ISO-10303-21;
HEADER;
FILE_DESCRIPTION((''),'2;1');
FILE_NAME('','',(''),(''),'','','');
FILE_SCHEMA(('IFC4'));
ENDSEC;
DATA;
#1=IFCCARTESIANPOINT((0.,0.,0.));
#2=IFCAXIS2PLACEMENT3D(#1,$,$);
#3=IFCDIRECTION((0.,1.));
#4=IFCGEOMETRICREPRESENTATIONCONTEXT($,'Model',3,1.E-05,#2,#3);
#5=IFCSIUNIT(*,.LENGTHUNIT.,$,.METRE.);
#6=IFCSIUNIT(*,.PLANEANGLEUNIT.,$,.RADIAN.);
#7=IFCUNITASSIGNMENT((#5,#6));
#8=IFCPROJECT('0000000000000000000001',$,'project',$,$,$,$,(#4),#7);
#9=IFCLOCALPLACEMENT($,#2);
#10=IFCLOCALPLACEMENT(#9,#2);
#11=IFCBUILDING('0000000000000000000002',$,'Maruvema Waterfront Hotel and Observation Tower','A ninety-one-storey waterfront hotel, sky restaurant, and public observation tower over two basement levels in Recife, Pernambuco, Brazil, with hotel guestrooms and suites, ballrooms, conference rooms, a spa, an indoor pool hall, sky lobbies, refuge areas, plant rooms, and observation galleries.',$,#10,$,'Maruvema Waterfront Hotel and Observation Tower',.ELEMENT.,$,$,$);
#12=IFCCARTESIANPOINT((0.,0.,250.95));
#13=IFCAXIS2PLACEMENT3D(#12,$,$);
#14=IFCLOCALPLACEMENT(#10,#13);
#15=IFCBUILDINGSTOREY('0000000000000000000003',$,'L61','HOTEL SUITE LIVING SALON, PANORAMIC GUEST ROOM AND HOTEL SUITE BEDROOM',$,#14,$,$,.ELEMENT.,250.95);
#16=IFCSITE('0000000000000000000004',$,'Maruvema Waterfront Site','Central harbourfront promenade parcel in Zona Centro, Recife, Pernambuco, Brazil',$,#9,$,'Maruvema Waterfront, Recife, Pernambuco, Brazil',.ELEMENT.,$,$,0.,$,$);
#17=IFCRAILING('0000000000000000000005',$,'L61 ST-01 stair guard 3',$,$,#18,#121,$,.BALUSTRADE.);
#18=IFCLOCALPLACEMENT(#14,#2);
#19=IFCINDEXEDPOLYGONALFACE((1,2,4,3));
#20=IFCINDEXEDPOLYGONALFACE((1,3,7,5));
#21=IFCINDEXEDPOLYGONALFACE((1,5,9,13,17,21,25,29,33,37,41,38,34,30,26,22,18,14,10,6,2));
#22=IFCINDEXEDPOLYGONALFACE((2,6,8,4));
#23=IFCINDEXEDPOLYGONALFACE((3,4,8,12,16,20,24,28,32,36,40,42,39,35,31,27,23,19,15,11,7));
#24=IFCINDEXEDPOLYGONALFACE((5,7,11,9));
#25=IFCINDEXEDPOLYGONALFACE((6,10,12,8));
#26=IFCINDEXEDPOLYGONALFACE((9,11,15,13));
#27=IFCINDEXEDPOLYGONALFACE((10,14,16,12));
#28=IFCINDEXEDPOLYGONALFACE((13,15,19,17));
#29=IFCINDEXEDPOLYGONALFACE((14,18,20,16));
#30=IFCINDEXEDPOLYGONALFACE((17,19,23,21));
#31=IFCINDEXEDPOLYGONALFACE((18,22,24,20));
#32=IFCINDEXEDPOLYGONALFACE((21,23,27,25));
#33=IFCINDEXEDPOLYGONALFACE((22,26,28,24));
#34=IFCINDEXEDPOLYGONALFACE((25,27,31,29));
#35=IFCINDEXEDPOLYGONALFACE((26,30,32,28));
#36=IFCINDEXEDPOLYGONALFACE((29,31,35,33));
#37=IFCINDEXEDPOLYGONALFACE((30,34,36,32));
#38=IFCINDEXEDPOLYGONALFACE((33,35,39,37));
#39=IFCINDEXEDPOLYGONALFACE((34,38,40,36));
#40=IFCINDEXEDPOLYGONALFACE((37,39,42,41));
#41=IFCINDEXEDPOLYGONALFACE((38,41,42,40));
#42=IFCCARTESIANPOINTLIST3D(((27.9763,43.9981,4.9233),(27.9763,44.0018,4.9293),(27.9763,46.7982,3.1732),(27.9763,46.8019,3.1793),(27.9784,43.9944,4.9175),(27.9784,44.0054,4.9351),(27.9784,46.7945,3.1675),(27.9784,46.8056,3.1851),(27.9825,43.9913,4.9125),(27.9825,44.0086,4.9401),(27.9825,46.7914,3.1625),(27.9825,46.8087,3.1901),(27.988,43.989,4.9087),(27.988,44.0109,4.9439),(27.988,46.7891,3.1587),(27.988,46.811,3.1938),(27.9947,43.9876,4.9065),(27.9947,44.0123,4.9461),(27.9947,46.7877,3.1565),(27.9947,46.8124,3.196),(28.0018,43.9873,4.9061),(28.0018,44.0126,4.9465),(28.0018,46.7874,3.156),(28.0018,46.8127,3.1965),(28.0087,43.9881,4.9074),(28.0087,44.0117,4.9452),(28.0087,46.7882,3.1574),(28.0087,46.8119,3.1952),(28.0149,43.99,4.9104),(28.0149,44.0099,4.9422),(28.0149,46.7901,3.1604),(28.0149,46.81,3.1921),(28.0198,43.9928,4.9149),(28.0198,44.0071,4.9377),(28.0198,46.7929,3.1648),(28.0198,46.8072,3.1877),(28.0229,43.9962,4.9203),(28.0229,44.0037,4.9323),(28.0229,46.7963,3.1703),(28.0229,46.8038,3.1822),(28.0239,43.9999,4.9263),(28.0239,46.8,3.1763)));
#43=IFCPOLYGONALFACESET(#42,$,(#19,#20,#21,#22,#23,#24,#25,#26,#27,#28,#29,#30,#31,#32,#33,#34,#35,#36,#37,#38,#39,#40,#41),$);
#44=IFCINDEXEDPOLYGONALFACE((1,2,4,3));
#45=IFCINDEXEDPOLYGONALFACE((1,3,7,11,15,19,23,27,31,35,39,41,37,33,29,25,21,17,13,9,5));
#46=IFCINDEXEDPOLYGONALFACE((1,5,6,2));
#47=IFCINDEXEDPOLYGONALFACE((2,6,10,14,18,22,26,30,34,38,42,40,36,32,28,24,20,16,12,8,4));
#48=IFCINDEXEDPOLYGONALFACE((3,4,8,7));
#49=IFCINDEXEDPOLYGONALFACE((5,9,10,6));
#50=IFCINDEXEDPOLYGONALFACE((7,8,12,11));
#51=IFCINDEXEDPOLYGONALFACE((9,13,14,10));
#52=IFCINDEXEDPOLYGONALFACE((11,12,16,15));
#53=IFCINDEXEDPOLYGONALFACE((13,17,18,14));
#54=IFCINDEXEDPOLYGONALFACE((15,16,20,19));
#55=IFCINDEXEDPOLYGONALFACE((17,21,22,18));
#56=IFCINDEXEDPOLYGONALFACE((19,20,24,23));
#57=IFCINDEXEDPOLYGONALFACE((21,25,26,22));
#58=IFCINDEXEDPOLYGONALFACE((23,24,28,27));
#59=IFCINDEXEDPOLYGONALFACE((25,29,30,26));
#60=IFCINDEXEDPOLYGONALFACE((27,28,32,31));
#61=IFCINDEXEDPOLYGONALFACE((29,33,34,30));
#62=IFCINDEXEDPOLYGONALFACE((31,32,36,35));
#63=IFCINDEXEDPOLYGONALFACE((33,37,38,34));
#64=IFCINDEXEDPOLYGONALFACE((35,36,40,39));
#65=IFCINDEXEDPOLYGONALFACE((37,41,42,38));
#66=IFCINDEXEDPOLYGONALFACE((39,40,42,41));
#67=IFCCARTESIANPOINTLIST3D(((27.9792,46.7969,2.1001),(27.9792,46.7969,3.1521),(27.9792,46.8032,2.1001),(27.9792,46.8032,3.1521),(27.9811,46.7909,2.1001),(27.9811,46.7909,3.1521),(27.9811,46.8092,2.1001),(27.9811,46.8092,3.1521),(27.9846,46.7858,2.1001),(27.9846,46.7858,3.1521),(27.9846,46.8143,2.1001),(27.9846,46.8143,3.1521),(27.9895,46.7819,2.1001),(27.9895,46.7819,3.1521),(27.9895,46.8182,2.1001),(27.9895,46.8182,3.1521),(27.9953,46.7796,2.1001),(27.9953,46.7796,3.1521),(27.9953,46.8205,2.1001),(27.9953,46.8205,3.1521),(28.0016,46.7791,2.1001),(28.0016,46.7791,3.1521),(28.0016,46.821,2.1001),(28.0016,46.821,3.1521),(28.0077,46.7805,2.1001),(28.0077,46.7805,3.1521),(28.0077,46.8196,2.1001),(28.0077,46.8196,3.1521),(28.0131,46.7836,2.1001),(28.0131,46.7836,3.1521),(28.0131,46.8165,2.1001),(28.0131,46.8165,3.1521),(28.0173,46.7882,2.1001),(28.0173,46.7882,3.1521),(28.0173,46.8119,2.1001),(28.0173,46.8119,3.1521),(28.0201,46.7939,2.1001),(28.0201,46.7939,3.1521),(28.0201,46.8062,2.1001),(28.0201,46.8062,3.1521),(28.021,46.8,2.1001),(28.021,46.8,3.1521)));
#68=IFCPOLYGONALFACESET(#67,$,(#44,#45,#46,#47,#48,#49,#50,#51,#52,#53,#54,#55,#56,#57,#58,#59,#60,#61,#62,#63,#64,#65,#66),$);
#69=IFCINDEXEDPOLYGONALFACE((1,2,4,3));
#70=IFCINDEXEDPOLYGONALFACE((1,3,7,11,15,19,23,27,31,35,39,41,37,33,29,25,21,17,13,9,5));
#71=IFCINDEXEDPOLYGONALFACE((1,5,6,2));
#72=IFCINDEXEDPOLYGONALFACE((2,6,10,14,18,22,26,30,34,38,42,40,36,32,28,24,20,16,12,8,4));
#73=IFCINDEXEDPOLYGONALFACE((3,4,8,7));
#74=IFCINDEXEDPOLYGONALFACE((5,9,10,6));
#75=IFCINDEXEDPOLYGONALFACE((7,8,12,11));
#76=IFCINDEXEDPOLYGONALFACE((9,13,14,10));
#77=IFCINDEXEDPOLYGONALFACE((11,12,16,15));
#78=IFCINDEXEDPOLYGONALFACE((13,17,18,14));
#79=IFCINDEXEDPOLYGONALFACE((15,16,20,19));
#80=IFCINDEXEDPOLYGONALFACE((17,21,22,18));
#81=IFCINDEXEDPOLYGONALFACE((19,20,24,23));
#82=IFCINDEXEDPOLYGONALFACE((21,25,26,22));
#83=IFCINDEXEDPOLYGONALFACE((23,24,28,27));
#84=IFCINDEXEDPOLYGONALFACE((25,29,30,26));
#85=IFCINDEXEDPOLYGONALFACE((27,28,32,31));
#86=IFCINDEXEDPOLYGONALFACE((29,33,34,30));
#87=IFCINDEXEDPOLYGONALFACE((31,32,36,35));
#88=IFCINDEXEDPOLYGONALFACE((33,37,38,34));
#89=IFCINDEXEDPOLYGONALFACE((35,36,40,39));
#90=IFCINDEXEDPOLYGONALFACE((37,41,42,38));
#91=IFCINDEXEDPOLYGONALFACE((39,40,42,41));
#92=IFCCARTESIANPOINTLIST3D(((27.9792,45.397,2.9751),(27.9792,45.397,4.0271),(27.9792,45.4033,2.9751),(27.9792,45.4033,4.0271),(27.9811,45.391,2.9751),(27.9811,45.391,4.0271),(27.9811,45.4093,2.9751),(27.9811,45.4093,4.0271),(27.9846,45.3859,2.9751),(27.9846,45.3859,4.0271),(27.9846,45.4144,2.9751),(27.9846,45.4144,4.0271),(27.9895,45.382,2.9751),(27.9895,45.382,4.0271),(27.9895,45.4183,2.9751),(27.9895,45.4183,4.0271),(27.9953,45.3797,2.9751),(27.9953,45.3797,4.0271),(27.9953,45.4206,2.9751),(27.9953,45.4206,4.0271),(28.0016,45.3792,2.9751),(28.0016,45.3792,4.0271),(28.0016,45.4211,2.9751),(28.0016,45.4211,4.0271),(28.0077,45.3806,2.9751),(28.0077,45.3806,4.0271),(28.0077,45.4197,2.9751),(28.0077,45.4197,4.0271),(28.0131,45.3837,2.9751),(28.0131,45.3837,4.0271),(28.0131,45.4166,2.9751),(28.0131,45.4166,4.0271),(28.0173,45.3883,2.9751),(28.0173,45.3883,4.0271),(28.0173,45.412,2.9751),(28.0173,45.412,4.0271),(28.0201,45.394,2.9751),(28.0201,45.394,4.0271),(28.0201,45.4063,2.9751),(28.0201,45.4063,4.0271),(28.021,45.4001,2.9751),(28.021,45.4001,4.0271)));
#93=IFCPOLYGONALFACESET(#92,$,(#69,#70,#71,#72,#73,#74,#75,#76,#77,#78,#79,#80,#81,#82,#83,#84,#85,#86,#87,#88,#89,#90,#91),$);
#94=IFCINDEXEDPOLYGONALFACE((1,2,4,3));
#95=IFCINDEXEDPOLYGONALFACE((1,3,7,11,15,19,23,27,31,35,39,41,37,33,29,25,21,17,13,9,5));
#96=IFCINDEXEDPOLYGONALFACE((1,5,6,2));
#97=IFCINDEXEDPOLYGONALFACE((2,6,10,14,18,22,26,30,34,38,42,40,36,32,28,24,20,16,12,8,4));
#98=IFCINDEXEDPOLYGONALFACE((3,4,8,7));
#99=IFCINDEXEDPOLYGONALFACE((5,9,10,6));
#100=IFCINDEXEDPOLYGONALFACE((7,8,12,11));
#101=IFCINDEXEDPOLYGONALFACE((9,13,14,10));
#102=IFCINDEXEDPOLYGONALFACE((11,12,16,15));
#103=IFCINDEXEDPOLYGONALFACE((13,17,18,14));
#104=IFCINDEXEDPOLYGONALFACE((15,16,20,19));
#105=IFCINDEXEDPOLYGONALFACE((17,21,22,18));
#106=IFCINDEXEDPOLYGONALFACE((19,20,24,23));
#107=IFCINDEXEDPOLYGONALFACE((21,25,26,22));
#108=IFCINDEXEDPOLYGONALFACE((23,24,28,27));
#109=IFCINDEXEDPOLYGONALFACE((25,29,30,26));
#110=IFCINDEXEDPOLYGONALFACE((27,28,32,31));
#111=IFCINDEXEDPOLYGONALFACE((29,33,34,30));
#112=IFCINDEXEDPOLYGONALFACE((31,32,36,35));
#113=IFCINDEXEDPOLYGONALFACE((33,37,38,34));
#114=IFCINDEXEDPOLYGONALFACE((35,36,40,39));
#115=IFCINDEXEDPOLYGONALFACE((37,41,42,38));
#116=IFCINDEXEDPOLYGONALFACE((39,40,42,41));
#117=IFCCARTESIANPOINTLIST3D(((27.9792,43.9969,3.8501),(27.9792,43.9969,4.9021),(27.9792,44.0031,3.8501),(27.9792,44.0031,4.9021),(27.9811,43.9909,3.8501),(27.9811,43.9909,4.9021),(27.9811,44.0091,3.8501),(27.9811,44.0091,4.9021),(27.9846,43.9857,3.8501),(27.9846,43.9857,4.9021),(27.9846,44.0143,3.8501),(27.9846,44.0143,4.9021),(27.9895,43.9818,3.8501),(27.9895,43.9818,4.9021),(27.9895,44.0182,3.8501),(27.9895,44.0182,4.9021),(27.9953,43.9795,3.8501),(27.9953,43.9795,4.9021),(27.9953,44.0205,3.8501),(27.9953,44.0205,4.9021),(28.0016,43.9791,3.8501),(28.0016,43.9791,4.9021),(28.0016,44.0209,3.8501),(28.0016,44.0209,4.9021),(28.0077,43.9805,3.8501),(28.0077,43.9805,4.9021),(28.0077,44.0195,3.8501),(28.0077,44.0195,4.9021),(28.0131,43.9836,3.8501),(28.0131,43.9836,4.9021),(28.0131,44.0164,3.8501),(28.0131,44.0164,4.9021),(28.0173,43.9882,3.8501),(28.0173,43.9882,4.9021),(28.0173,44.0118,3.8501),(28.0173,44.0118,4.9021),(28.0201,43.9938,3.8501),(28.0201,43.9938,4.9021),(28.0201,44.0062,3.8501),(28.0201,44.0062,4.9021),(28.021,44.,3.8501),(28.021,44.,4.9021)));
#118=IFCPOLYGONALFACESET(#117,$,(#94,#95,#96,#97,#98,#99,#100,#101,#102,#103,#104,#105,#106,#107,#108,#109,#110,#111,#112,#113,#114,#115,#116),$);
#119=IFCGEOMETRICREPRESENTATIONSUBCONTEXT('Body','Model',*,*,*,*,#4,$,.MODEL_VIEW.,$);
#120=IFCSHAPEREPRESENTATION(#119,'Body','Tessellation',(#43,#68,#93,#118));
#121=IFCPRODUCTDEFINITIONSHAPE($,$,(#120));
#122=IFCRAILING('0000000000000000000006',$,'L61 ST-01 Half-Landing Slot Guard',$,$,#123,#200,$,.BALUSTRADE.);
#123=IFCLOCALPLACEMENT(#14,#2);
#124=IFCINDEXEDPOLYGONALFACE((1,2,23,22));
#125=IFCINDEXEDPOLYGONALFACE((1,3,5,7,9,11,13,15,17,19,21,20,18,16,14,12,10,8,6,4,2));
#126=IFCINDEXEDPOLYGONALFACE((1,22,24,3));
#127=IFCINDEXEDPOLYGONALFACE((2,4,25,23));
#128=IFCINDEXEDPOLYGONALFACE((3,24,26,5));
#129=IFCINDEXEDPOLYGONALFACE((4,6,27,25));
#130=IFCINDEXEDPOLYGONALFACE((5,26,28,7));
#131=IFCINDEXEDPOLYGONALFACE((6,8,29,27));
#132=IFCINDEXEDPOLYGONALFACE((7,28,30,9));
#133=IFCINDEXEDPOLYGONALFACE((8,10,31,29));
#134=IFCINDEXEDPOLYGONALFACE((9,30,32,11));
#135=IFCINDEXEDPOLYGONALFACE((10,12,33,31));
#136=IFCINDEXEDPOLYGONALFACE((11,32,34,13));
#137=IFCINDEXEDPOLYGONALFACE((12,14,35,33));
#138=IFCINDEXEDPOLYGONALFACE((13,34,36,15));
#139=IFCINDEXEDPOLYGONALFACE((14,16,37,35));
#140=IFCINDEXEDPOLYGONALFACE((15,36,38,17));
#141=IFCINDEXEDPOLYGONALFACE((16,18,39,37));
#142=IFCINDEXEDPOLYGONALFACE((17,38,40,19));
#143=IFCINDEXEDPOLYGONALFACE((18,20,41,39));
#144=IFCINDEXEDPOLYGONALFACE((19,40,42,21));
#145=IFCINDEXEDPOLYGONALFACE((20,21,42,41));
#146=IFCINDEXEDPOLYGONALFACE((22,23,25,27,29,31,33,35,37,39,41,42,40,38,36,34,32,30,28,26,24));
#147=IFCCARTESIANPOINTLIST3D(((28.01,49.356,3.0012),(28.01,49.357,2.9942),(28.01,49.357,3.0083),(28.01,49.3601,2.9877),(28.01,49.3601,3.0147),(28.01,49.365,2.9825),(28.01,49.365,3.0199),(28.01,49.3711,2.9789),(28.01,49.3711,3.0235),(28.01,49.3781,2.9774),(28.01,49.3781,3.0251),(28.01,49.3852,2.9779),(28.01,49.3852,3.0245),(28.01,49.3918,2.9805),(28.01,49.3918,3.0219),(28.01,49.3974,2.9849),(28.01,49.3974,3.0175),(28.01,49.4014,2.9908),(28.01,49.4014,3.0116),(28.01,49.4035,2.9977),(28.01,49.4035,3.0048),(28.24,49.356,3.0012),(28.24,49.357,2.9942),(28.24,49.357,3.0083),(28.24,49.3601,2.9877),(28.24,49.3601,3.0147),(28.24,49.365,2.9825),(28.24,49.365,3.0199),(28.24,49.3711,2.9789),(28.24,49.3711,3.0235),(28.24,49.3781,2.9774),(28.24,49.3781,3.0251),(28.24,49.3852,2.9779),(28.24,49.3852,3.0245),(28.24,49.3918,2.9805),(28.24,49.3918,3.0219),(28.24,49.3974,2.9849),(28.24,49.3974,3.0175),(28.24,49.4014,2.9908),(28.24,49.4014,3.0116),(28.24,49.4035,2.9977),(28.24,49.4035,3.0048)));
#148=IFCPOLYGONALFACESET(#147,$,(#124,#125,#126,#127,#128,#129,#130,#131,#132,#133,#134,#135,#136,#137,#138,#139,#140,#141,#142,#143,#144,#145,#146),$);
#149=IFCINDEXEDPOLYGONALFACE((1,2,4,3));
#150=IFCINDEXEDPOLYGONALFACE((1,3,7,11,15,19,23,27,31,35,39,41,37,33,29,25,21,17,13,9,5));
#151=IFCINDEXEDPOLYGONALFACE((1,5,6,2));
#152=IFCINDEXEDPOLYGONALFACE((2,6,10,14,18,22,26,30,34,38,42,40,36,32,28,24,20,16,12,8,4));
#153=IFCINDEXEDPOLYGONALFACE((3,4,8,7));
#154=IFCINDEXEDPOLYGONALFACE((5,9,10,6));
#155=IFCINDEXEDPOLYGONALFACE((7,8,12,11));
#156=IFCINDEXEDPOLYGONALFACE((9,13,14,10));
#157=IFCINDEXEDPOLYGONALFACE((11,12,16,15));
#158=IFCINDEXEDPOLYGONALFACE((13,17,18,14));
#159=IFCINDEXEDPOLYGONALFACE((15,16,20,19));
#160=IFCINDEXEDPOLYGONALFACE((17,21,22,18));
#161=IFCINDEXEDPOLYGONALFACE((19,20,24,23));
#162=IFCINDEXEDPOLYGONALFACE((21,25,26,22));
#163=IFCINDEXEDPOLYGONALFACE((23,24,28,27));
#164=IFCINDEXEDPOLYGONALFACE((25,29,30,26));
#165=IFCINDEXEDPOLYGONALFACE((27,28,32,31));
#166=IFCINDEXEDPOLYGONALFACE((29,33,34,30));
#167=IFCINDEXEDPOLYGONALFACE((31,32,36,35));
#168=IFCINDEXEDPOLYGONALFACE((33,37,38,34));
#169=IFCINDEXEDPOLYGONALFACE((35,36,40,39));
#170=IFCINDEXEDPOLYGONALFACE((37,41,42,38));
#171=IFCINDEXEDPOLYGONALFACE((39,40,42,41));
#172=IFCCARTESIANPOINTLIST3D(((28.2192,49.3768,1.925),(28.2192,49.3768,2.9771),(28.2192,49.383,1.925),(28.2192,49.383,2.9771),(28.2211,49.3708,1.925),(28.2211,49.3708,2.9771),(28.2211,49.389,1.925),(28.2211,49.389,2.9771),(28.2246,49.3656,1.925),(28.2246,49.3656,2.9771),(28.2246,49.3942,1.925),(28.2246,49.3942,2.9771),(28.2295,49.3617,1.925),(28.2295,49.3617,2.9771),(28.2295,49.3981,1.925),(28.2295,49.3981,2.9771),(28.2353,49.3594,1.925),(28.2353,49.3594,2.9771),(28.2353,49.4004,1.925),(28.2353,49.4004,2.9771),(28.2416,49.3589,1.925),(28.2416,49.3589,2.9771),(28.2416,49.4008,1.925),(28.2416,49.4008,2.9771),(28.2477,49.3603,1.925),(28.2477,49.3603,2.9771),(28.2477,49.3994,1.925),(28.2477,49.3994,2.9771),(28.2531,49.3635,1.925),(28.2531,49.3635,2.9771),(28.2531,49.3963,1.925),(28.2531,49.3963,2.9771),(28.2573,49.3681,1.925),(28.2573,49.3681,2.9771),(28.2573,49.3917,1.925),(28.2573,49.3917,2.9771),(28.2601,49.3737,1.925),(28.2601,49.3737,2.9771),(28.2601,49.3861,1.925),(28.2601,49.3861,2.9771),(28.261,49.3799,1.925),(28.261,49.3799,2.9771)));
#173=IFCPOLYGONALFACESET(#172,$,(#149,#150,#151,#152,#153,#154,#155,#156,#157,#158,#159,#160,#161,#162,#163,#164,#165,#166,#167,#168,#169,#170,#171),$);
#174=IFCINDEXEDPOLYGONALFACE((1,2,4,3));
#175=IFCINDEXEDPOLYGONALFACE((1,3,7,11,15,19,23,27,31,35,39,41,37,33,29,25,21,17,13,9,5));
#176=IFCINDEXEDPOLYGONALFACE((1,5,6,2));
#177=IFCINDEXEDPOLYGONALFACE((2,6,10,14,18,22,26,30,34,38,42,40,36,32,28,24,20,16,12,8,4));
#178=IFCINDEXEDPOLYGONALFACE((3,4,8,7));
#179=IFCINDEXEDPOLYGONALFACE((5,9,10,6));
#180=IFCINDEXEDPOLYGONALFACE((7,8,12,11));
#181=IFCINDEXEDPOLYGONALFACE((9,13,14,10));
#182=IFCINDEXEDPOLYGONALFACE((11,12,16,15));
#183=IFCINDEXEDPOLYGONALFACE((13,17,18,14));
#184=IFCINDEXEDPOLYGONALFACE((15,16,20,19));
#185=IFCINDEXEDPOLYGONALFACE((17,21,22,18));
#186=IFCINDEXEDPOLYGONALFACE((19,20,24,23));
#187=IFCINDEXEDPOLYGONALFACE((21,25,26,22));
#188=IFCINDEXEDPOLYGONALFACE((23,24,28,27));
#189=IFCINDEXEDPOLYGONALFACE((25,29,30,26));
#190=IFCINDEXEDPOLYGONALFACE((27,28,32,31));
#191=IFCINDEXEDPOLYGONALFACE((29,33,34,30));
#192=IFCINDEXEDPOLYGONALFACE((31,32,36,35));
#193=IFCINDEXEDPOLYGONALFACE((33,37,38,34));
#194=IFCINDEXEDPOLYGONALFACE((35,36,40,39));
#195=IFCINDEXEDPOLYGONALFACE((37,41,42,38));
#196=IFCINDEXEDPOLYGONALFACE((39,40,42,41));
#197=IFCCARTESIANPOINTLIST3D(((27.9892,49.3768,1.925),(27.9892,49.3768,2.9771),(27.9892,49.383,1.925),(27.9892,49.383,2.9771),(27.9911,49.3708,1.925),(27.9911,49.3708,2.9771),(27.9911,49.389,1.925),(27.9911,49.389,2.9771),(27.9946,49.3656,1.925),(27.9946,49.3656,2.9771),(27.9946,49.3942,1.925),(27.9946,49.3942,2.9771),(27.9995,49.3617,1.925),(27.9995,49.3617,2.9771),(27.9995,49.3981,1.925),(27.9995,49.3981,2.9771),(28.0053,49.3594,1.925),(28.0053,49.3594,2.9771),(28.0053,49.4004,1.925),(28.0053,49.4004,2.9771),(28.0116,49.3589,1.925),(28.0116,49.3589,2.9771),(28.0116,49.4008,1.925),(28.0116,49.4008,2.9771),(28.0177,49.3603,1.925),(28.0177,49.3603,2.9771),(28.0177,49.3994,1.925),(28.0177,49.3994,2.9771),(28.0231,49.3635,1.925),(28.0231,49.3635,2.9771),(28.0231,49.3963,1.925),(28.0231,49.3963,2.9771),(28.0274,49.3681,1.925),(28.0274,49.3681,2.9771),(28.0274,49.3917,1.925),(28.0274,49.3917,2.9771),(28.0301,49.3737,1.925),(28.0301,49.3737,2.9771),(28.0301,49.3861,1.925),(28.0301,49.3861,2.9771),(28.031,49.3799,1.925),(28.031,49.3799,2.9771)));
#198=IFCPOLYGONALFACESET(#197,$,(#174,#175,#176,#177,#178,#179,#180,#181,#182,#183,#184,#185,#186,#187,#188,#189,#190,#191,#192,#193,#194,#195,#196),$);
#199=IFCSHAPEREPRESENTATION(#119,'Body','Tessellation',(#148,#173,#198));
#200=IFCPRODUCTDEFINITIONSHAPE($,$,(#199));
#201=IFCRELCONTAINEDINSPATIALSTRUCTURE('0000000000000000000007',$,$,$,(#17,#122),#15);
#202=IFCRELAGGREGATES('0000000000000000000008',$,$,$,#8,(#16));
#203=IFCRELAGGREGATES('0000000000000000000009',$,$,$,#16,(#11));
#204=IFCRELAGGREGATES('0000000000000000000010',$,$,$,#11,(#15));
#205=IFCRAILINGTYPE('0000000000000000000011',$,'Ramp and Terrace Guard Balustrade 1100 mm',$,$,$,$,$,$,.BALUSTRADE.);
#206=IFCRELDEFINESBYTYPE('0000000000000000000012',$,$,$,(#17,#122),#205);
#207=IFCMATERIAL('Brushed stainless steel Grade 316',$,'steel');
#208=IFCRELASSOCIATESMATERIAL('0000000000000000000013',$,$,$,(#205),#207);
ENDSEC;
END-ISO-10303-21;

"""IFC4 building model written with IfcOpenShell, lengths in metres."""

from ifc_helpers import new_model, si_unit, direction, frame, origin, origin_2d, place, context, subcontext, project, spatial, circle, extrude, material, type_object, element, save


model = new_model("IFC4")

# Units and contexts
model_context = context("Model", 3, precision=1e-05, world=origin(), true_north=direction((0.0, 1.0)))
body_context = subcontext(model_context, "Body", "Model", "MODEL_VIEW")
ifc_project = project(units=[si_unit("LENGTHUNIT", "METRE"), si_unit("PLANEANGLEUNIT", "RADIAN")], contexts=[model_context])

# Site, building, storey
site_placement = place(None, origin())
site = spatial("IfcSite", under=ifc_project, at=site_placement, Name="Maruvema Waterfront Site", Description="Central harbourfront promenade parcel in Zona Centro, Recife, Pernambuco, Brazil", LongName="Maruvema Waterfront, Recife, Pernambuco, Brazil", CompositionType="ELEMENT", RefElevation=0.0)
building_placement = place(site_placement, origin())
building = spatial("IfcBuilding", under=site, at=building_placement, Name="Maruvema Waterfront Hotel and Observation Tower", Description="A ninety-one-storey waterfront hotel, sky restaurant, and public observation tower over two basement levels in Recife, Pernambuco, Brazil, with hotel guestrooms and suites, ballrooms, conference rooms, a spa, an indoor pool hall, sky lobbies, refuge areas, plant rooms, and observation galleries.", LongName="Maruvema Waterfront Hotel and Observation Tower", CompositionType="ELEMENT")
storey_placement = place(building_placement, frame((0.0, 0.0, 250.95)))
storey = spatial("IfcBuildingStorey", under=building, at=storey_placement, Name="L61", Description="HOTEL SUITE LIVING SALON, PANORAMIC GUEST ROOM AND HOTEL SUITE BEDROOM", CompositionType="ELEMENT", Elevation=250.95)

# Railings
ifc_material_1 = material(Name="Brushed stainless steel Grade 316", Category="steel")
railing_type_1 = type_object("IfcRailingType", Name="Ramp and Terrace Guard Balustrade 1100 mm", PredefinedType="BALUSTRADE", material=ifc_material_1)
railing_1_placement = place(storey_placement, frame((28.0, 46.8, 2.1001)))
element("IfcRailing", 1, at=railing_1_placement, inside=storey, type_object=railing_type_1, Name="L61 ST-01 stair guard 3", PredefinedType="BALUSTRADE", context=body_context, shape_type="SweptSolid", body=[
    extrude(circle(Radius=0.0239, at=origin_2d()), frame((0.0, 0.0, 1.0762), z_axis=(0.0, -0.848002, 0.529992), x_axis=(1.0, 0.0, 0.0)), (0.0, 0.0, 1.0), 3.302),
    extrude(circle(Radius=0.021, at=origin_2d()), origin(), (0.0, 0.0, 1.0), 1.052),
    extrude(circle(Radius=0.021, at=origin_2d()), frame((0.0, -1.3999, 0.875)), (0.0, 0.0, 1.0), 1.052),
    extrude(circle(Radius=0.021, at=origin_2d()), frame((0.0, -2.8, 1.75)), (0.0, 0.0, 1.0), 1.052),
])
railing_2_placement = place(storey_placement, frame((28.24, 49.3799, 1.925)))
element("IfcRailing", 2, at=railing_2_placement, inside=storey, type_object=railing_type_1, Name="L61 ST-01 Half-Landing Slot Guard", PredefinedType="BALUSTRADE", context=body_context, shape_type="SweptSolid", body=[
    extrude(circle(Radius=0.0239, at=origin_2d()), frame((0.0, 0.0, 1.0762), z_axis=(-1.0, 0.0, 0.0), x_axis=(0.0, -1.0, 0.0)), (0.0, 0.0, 1.0), 0.23),
    extrude(circle(Radius=0.021, at=origin_2d()), origin(), (0.0, 0.0, 1.0), 1.052),
    extrude(circle(Radius=0.021, at=origin_2d()), frame((-0.23, 0.0, 0.0)), (0.0, 0.0, 1.0), 1.052),
])

save(model, "model.ifc")
